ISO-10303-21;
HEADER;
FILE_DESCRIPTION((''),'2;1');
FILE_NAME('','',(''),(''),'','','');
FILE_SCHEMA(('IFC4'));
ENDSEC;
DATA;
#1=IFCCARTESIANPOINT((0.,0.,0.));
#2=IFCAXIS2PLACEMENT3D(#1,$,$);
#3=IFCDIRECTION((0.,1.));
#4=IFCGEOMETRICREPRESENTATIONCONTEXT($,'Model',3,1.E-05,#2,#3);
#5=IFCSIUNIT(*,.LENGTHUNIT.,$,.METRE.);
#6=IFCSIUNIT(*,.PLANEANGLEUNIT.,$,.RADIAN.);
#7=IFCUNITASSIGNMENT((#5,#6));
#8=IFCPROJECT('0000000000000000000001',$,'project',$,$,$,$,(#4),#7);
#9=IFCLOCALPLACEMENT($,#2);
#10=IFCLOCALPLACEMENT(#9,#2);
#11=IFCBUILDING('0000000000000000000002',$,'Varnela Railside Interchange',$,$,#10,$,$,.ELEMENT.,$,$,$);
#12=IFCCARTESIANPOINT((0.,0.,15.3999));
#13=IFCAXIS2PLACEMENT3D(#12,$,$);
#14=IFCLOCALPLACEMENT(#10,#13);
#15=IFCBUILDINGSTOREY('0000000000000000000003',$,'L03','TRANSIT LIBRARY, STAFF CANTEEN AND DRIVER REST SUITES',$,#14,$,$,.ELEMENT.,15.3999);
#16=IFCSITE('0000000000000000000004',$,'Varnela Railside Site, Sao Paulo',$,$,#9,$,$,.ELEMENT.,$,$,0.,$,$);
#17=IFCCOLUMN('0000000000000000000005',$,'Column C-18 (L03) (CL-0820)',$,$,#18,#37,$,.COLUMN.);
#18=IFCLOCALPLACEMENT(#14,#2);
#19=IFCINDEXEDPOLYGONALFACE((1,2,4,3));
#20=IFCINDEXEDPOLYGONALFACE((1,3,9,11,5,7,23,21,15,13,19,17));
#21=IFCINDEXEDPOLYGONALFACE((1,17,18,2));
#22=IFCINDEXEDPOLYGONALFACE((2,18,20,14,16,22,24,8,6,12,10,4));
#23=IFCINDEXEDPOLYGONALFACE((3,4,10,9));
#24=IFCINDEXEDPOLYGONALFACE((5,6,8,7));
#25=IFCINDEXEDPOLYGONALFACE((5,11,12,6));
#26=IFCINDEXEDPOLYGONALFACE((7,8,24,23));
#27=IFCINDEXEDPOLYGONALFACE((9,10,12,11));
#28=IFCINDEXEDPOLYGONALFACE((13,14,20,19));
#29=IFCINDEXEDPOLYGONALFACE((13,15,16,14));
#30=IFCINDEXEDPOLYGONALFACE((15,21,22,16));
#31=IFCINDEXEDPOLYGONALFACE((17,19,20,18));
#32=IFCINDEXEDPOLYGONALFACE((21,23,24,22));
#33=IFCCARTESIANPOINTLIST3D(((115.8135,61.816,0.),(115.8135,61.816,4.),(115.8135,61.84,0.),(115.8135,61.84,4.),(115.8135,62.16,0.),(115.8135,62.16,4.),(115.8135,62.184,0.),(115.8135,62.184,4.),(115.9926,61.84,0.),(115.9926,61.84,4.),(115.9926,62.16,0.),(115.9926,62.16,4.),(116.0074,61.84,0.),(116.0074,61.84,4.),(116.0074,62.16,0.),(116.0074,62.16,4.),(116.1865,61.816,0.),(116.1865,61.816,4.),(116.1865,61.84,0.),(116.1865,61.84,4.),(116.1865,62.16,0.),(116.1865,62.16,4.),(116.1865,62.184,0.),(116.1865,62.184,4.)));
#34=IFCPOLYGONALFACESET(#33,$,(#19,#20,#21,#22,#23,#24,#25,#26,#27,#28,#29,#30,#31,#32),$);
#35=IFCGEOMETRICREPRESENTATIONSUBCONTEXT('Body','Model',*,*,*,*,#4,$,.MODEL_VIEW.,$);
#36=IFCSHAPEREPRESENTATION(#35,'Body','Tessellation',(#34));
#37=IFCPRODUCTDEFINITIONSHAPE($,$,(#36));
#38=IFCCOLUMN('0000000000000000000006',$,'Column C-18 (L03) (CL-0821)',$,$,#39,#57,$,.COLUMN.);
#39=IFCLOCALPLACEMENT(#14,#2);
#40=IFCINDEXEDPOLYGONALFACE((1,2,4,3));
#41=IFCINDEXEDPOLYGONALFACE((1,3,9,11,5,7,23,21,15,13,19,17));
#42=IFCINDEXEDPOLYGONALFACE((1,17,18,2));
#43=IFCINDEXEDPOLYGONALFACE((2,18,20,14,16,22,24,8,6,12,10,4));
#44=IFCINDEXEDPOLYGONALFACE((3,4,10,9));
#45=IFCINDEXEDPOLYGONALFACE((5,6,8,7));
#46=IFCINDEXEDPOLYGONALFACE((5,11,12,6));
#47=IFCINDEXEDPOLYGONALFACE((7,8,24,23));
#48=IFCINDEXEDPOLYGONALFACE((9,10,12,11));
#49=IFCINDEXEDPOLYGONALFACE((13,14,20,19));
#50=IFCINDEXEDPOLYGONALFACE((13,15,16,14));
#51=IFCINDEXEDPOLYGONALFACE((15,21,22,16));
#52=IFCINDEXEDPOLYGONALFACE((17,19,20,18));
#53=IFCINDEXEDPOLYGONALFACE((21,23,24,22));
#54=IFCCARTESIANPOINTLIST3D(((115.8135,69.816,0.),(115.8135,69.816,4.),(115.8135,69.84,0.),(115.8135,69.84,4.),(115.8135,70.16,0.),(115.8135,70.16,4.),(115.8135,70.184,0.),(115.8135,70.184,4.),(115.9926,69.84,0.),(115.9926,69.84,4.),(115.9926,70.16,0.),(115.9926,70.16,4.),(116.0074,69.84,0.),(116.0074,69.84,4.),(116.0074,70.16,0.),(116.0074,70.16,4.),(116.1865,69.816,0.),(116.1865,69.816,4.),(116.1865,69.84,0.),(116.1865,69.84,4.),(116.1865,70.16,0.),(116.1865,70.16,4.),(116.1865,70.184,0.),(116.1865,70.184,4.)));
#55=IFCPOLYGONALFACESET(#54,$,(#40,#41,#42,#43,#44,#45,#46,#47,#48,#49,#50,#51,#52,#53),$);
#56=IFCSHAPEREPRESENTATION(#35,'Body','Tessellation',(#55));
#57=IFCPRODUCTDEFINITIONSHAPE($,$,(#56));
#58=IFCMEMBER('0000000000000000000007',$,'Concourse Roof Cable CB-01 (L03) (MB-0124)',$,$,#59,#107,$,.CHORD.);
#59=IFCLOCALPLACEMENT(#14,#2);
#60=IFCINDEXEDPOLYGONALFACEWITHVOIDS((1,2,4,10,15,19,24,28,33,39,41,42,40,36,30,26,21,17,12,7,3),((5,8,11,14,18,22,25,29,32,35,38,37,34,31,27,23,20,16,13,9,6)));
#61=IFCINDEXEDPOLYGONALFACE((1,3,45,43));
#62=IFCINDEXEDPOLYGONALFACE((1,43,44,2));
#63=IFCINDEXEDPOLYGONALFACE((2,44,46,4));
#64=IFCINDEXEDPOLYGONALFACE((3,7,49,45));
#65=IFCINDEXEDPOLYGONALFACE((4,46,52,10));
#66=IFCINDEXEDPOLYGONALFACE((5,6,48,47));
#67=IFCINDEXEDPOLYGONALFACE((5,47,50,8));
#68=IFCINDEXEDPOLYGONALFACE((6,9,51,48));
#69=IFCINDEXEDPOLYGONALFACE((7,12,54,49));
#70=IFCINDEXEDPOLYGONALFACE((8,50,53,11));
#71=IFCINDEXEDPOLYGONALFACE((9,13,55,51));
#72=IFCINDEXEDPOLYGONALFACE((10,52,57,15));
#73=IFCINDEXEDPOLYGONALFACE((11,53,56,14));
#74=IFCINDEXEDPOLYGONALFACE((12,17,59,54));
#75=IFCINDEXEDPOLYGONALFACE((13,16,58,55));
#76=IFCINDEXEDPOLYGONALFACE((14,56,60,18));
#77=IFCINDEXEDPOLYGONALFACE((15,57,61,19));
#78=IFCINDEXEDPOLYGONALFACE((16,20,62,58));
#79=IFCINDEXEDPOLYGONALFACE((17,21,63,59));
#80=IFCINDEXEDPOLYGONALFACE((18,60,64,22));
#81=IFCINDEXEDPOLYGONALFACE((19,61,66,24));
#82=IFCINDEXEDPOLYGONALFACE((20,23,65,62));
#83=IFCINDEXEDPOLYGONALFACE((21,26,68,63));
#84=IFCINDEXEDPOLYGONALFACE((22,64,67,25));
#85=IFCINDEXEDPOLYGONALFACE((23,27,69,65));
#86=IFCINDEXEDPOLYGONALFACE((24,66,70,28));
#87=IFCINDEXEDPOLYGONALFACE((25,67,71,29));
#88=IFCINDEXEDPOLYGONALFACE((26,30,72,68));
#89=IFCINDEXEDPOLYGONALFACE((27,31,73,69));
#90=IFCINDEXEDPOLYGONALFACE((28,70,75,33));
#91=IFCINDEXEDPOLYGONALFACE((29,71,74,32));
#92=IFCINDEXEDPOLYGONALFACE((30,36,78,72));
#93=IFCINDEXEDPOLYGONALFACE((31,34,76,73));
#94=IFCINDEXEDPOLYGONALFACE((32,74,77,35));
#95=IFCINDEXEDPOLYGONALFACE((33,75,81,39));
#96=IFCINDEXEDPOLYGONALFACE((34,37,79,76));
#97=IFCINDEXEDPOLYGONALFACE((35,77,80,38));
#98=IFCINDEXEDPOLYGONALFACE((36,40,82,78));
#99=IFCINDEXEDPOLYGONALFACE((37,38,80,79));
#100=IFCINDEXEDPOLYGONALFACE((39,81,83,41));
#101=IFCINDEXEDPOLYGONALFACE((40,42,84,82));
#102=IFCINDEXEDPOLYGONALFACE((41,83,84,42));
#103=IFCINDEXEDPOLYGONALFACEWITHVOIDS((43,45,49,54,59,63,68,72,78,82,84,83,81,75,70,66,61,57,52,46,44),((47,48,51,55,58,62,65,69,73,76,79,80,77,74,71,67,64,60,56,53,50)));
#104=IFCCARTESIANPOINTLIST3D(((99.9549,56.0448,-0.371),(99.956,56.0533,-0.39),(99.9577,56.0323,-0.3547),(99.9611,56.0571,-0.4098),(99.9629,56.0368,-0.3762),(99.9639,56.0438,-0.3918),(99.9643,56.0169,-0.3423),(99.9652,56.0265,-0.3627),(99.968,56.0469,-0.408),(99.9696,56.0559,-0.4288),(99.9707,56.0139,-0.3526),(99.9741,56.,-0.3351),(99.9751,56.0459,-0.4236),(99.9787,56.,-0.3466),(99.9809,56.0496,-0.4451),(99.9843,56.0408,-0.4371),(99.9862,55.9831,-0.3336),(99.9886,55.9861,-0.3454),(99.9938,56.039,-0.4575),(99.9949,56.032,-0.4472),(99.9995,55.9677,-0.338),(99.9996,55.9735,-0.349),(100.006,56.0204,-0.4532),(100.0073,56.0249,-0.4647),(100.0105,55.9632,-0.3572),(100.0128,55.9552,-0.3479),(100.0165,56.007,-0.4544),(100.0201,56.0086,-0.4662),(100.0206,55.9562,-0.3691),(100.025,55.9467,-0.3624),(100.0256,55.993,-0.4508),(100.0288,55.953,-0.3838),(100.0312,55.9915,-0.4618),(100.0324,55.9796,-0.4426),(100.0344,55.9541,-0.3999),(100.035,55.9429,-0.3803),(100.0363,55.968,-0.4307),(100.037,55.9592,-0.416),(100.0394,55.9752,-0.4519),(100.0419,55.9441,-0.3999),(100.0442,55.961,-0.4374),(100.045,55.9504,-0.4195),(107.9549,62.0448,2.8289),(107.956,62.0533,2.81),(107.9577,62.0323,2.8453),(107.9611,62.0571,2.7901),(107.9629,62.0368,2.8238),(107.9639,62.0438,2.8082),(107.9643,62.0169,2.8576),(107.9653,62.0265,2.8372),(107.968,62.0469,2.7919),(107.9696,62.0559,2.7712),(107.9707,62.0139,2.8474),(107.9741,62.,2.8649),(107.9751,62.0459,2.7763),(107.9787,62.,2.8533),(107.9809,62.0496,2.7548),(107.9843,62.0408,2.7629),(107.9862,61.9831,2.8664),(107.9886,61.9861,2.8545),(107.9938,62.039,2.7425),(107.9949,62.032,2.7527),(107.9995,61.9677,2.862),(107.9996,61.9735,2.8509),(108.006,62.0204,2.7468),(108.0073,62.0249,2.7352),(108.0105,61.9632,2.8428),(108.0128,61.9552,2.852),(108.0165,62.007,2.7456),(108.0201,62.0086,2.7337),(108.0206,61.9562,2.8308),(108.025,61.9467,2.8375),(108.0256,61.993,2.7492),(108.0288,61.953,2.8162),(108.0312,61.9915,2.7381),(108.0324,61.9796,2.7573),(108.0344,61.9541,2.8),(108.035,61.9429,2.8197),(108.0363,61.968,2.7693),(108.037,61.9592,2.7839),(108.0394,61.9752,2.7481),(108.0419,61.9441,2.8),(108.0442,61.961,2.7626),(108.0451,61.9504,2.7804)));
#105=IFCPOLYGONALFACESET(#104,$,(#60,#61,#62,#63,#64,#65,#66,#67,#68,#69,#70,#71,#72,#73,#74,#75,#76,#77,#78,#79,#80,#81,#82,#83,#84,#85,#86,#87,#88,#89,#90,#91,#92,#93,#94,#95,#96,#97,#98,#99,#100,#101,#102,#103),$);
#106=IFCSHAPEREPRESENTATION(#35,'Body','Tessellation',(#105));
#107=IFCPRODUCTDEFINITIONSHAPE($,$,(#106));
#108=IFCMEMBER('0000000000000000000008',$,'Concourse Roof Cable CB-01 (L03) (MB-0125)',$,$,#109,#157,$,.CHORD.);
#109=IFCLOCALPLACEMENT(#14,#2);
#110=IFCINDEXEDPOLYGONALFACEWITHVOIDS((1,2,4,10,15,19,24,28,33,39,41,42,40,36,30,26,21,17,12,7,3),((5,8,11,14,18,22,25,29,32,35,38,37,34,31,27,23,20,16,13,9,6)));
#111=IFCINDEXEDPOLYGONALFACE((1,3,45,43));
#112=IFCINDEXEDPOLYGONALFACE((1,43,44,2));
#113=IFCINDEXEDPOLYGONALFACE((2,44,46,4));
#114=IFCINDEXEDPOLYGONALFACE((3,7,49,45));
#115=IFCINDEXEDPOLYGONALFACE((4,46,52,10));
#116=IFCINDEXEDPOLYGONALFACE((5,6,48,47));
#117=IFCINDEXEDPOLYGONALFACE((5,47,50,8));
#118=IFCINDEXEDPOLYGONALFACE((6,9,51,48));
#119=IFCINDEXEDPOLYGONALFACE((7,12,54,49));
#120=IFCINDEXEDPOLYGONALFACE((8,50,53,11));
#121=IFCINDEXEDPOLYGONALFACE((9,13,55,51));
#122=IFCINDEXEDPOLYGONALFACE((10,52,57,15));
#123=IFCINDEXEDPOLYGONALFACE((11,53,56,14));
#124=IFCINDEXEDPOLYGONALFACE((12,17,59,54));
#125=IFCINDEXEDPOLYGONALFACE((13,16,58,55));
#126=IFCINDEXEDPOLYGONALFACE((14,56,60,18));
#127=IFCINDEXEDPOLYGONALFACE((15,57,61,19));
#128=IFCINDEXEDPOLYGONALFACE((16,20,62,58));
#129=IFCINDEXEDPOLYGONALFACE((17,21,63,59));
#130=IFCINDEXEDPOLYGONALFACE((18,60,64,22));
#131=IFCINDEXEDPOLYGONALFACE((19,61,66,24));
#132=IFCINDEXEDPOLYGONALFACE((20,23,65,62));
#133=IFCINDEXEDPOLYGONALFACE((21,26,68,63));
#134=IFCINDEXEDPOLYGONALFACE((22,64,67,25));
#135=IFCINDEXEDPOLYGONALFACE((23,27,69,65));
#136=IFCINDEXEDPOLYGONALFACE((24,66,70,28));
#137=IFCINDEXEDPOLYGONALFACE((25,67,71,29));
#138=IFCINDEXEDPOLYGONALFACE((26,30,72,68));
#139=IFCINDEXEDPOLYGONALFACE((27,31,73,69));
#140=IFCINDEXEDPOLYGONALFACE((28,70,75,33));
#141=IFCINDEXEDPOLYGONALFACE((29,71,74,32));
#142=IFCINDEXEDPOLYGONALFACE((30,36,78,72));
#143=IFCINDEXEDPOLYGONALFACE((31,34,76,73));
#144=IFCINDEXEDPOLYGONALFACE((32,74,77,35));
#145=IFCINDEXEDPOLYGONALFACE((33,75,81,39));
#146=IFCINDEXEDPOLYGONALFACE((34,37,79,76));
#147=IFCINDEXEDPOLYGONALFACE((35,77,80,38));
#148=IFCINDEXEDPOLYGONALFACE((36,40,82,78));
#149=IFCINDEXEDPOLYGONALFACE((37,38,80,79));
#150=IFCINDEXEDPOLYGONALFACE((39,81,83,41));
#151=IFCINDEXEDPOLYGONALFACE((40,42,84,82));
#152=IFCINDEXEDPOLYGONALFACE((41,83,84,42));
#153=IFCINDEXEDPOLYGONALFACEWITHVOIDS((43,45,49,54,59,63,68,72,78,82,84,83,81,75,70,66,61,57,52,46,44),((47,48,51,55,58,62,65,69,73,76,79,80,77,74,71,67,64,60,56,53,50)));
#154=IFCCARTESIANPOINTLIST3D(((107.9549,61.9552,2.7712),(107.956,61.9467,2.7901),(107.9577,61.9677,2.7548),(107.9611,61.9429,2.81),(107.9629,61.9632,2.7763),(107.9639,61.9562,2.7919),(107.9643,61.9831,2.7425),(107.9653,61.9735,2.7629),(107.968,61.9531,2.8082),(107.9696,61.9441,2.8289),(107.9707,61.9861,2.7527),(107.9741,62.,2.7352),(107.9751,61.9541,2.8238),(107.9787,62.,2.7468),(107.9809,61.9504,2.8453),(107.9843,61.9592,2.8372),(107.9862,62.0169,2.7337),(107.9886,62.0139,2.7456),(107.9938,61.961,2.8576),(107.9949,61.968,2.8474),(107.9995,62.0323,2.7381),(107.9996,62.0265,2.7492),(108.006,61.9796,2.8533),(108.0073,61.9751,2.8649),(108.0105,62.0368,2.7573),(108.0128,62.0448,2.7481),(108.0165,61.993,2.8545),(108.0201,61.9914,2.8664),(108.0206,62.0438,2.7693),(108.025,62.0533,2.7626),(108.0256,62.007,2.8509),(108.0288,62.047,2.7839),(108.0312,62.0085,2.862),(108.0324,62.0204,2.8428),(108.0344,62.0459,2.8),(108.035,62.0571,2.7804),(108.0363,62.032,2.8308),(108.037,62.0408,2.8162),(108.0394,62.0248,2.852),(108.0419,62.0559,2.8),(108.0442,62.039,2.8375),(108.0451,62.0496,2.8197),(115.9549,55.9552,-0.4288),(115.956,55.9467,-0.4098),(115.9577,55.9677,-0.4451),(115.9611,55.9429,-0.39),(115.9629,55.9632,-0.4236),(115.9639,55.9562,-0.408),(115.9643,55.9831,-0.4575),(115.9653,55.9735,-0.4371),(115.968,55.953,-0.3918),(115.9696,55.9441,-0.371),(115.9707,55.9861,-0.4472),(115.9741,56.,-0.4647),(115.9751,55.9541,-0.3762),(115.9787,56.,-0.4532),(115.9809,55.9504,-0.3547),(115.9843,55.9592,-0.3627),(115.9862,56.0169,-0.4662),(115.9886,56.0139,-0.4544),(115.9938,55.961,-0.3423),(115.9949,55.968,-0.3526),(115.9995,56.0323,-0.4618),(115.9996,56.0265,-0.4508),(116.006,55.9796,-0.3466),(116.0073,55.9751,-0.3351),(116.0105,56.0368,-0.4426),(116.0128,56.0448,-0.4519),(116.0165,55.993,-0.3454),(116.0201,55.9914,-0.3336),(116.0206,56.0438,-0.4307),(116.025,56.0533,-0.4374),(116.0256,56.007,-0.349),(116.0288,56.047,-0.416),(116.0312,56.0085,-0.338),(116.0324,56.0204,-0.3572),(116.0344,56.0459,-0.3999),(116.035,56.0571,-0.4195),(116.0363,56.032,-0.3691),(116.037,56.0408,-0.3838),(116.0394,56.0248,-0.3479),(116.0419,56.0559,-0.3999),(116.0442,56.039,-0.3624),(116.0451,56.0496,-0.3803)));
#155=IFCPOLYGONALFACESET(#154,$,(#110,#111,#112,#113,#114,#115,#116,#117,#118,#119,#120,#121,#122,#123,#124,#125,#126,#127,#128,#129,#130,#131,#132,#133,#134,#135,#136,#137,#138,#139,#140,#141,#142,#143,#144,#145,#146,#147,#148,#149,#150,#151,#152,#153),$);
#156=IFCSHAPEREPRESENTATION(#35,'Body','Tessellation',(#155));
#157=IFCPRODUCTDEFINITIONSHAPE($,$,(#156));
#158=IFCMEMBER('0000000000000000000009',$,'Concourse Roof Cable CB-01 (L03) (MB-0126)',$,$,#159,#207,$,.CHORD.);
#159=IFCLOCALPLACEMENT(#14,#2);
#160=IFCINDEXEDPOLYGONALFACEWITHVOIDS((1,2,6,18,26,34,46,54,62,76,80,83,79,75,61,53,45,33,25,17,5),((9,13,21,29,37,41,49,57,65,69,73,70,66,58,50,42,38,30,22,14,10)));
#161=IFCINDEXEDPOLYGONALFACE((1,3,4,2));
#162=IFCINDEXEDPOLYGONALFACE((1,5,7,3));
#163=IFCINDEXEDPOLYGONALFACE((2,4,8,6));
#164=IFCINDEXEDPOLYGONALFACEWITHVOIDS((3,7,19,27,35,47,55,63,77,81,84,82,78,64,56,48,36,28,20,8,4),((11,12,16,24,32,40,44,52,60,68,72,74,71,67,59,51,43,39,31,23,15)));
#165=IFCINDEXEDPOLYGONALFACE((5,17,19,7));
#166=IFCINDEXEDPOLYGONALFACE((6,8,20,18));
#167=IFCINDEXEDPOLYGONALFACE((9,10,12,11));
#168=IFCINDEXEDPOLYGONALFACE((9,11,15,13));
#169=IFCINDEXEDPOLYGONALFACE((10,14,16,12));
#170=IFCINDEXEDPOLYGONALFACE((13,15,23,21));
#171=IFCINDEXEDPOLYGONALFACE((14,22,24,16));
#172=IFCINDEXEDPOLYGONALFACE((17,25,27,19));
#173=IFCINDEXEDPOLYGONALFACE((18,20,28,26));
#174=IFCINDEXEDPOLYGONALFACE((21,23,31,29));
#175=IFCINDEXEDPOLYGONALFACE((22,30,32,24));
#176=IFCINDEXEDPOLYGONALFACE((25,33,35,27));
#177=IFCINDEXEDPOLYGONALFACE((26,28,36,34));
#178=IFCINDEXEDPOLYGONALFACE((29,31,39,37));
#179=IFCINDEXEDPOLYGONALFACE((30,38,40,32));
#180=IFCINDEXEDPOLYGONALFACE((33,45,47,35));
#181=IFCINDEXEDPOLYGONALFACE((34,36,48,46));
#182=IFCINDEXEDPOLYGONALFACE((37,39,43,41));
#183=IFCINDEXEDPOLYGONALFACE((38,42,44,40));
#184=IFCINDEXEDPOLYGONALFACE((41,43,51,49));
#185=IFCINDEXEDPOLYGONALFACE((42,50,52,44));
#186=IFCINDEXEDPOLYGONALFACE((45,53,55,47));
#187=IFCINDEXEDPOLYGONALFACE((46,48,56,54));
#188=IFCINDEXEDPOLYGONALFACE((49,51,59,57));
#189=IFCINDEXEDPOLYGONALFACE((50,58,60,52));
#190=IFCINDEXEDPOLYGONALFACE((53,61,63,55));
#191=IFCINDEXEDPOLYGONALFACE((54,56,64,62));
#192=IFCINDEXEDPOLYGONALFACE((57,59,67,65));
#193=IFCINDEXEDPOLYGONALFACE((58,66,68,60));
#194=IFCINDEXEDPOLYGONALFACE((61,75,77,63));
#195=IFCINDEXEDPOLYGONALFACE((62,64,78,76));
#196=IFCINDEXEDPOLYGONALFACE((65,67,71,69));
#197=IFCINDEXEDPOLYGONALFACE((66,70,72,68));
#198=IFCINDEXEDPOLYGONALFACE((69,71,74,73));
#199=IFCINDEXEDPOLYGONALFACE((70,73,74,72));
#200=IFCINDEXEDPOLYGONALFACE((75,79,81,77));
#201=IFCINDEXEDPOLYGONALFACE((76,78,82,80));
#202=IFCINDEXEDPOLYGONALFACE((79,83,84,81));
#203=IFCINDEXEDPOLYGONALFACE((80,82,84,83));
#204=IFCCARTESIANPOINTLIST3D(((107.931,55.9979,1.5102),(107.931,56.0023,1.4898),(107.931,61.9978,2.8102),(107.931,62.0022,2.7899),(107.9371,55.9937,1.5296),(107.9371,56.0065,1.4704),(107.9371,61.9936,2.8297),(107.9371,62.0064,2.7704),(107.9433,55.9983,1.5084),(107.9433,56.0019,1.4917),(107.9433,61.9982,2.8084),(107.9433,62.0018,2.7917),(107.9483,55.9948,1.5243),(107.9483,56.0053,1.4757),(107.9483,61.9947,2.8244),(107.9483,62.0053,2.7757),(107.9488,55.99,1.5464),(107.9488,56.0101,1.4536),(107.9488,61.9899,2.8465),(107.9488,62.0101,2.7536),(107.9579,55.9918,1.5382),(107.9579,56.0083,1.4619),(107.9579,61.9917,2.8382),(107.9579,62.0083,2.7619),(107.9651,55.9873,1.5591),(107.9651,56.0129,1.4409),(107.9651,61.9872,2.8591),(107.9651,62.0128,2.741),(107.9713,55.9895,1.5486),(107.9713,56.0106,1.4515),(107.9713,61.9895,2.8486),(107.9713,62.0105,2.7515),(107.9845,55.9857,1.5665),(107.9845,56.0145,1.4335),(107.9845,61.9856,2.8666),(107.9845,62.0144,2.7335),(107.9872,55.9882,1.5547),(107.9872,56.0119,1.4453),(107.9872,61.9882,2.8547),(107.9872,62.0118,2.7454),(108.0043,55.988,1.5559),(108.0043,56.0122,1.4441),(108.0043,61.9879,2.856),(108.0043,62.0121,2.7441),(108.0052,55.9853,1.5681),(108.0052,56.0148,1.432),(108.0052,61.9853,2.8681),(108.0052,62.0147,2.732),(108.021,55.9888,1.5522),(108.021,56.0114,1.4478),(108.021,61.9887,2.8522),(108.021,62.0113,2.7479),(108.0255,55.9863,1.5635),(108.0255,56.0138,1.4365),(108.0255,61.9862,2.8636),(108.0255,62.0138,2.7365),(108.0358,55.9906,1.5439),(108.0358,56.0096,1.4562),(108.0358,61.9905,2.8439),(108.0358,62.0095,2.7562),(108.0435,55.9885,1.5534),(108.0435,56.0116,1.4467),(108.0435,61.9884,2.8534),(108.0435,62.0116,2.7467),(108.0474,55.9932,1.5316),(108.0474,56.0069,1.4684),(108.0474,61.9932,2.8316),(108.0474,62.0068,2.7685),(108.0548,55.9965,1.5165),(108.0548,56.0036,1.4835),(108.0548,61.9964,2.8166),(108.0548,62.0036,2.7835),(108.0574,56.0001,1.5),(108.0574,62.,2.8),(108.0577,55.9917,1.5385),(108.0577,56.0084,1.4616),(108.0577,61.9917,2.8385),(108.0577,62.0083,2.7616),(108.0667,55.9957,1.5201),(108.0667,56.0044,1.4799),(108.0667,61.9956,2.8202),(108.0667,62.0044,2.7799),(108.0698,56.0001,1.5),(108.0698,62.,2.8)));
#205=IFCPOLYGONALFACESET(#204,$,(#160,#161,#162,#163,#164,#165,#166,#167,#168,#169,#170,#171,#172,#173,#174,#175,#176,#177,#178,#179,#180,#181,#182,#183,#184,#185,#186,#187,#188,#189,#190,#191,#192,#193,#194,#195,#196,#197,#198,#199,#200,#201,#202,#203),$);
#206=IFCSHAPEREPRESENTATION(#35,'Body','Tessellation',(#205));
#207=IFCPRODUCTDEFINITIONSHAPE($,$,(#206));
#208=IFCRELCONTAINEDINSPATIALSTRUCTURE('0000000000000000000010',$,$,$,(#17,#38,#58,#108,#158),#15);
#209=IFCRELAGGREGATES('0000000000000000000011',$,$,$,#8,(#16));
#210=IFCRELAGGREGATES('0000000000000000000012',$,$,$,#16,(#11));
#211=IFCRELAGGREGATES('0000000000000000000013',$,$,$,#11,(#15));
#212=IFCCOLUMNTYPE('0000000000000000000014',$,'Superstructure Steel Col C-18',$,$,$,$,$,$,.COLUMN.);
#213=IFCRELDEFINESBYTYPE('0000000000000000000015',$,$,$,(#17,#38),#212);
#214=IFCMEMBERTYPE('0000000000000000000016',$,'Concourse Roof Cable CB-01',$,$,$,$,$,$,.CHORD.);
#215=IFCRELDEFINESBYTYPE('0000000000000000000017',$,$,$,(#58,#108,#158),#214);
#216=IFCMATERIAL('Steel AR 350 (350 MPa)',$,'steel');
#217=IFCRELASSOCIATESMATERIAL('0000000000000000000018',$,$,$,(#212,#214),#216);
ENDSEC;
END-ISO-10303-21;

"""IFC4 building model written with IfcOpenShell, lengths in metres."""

from ifc_helpers import new_model, si_unit, direction, frame, origin, origin_2d, place, context, subcontext, project, spatial, hollow_circle, i_section, extrude, material, material_profile, profile_set, type_object, element, save


model = new_model("IFC4")

# Units and contexts
model_context = context("Model", 3, precision=1e-05, world=origin(), true_north=direction((0.0, 1.0)))
body_context = subcontext(model_context, "Body", "Model", "MODEL_VIEW")
ifc_project = project(units=[si_unit("LENGTHUNIT", "METRE"), si_unit("PLANEANGLEUNIT", "RADIAN")], contexts=[model_context])

# Site, building, storey
site_placement = place(None, origin())
site = spatial("IfcSite", under=ifc_project, at=site_placement, Name="Varnela Railside Site, Sao Paulo", CompositionType="ELEMENT", RefElevation=0.0)
building_placement = place(site_placement, origin())
building = spatial("IfcBuilding", under=site, at=building_placement, Name="Varnela Railside Interchange", CompositionType="ELEMENT")
storey_placement = place(building_placement, frame((0.0, 0.0, 15.3999)))
storey = spatial("IfcBuildingStorey", under=building, at=storey_placement, Name="L03", Description="TRANSIT LIBRARY, STAFF CANTEEN AND DRIVER REST SUITES", CompositionType="ELEMENT", Elevation=15.3999)

# Columns
ifc_material_1 = material(Name="Steel AR 350 (350 MPa)", Category="steel")
ifc_material_profile_1 = material_profile(ifc_material_1, i_section(OverallWidth=0.373, OverallDepth=0.3679, WebThickness=0.0149, FlangeThickness=0.0239, at=origin_2d()), Name="W360x179")
ifc_profile_set_1 = profile_set([ifc_material_profile_1], Name="Steel AR 350 (350 MPa)")
column_type = type_object("IfcColumnType", Name="Superstructure Steel Col C-18", PredefinedType="COLUMN", material=ifc_profile_set_1)
for number, where, z_axis, x_axis, name in (
    (1, (116.0, 62.0, 0.0), (0.0, 0.0, 1.0), (1.0, 0.0, 0.0), "Column C-18 (L03) (CL-0820)"),
    (2, (116.0, 70.0, 0.0), (0.0, 0.0, 1.0), (1.0, 0.0, 0.0), "Column C-18 (L03) (CL-0821)"),
):
    element("IfcColumn", number, at=place(storey_placement, frame(where, z_axis=z_axis, x_axis=x_axis)), inside=storey, type_object=column_type, Name=name, PredefinedType="COLUMN", context=body_context, shape_type="SweptSolid", body=[
        extrude(i_section(OverallWidth=0.373, OverallDepth=0.3679, WebThickness=0.0149, FlangeThickness=0.0239, at=origin_2d()), origin(), (0.0, 0.0, 1.0), 4.0),
    ])

# Members
ifc_material_profile_2 = material_profile(ifc_material_1, hollow_circle(Radius=0.0698, WallThickness=0.0125, at=origin_2d()), Name="CHS 139.7x12.5")
ifc_profile_set_2 = profile_set([ifc_material_profile_2], Name="Steel AR 350 (350 MPa)")
member_type_1 = type_object("IfcMemberType", Name="Concourse Roof Cable CB-01", PredefinedType="CHORD", material=ifc_profile_set_2)
for number, where, z_axis, x_axis, name in (
    (3, (108.0, 62.0, 2.8), (-0.76194, -0.571455, -0.304772), (0.6, -0.8, 0.0), "Concourse Roof Cable CB-01 (L03) (MB-0124)"),
    (4, (108.0, 62.0, 2.8), (0.76194, -0.571455, -0.304772), (0.6, 0.8, 0.0), "Concourse Roof Cable CB-01 (L03) (MB-0125)"),
):
    element("IfcMember", number, at=place(storey_placement, frame(where, z_axis=z_axis, x_axis=x_axis)), inside=storey, type_object=member_type_1, Name=name, PredefinedType="CHORD", context=body_context, shape_type="SweptSolid", body=[
        extrude(hollow_circle(Radius=0.0698, WallThickness=0.0125, at=origin_2d()), origin(), (0.0, 0.0, 1.0), 10.4995),
    ])
member_1_placement = place(storey_placement, frame((108.0, 62.0, 2.8), z_axis=(0.0, -0.977321, -0.211761), x_axis=(1.0, 0.0, 0.0)))
element("IfcMember", 5, at=member_1_placement, inside=storey, type_object=member_type_1, Name="Concourse Roof Cable CB-01 (L03) (MB-0126)", PredefinedType="CHORD", context=body_context, shape_type="SweptSolid", body=[
    extrude(hollow_circle(Radius=0.0698, WallThickness=0.0125, at=origin_2d()), origin(), (0.0, 0.0, 1.0), 6.1392),
])

save(model, "model.ifc")
